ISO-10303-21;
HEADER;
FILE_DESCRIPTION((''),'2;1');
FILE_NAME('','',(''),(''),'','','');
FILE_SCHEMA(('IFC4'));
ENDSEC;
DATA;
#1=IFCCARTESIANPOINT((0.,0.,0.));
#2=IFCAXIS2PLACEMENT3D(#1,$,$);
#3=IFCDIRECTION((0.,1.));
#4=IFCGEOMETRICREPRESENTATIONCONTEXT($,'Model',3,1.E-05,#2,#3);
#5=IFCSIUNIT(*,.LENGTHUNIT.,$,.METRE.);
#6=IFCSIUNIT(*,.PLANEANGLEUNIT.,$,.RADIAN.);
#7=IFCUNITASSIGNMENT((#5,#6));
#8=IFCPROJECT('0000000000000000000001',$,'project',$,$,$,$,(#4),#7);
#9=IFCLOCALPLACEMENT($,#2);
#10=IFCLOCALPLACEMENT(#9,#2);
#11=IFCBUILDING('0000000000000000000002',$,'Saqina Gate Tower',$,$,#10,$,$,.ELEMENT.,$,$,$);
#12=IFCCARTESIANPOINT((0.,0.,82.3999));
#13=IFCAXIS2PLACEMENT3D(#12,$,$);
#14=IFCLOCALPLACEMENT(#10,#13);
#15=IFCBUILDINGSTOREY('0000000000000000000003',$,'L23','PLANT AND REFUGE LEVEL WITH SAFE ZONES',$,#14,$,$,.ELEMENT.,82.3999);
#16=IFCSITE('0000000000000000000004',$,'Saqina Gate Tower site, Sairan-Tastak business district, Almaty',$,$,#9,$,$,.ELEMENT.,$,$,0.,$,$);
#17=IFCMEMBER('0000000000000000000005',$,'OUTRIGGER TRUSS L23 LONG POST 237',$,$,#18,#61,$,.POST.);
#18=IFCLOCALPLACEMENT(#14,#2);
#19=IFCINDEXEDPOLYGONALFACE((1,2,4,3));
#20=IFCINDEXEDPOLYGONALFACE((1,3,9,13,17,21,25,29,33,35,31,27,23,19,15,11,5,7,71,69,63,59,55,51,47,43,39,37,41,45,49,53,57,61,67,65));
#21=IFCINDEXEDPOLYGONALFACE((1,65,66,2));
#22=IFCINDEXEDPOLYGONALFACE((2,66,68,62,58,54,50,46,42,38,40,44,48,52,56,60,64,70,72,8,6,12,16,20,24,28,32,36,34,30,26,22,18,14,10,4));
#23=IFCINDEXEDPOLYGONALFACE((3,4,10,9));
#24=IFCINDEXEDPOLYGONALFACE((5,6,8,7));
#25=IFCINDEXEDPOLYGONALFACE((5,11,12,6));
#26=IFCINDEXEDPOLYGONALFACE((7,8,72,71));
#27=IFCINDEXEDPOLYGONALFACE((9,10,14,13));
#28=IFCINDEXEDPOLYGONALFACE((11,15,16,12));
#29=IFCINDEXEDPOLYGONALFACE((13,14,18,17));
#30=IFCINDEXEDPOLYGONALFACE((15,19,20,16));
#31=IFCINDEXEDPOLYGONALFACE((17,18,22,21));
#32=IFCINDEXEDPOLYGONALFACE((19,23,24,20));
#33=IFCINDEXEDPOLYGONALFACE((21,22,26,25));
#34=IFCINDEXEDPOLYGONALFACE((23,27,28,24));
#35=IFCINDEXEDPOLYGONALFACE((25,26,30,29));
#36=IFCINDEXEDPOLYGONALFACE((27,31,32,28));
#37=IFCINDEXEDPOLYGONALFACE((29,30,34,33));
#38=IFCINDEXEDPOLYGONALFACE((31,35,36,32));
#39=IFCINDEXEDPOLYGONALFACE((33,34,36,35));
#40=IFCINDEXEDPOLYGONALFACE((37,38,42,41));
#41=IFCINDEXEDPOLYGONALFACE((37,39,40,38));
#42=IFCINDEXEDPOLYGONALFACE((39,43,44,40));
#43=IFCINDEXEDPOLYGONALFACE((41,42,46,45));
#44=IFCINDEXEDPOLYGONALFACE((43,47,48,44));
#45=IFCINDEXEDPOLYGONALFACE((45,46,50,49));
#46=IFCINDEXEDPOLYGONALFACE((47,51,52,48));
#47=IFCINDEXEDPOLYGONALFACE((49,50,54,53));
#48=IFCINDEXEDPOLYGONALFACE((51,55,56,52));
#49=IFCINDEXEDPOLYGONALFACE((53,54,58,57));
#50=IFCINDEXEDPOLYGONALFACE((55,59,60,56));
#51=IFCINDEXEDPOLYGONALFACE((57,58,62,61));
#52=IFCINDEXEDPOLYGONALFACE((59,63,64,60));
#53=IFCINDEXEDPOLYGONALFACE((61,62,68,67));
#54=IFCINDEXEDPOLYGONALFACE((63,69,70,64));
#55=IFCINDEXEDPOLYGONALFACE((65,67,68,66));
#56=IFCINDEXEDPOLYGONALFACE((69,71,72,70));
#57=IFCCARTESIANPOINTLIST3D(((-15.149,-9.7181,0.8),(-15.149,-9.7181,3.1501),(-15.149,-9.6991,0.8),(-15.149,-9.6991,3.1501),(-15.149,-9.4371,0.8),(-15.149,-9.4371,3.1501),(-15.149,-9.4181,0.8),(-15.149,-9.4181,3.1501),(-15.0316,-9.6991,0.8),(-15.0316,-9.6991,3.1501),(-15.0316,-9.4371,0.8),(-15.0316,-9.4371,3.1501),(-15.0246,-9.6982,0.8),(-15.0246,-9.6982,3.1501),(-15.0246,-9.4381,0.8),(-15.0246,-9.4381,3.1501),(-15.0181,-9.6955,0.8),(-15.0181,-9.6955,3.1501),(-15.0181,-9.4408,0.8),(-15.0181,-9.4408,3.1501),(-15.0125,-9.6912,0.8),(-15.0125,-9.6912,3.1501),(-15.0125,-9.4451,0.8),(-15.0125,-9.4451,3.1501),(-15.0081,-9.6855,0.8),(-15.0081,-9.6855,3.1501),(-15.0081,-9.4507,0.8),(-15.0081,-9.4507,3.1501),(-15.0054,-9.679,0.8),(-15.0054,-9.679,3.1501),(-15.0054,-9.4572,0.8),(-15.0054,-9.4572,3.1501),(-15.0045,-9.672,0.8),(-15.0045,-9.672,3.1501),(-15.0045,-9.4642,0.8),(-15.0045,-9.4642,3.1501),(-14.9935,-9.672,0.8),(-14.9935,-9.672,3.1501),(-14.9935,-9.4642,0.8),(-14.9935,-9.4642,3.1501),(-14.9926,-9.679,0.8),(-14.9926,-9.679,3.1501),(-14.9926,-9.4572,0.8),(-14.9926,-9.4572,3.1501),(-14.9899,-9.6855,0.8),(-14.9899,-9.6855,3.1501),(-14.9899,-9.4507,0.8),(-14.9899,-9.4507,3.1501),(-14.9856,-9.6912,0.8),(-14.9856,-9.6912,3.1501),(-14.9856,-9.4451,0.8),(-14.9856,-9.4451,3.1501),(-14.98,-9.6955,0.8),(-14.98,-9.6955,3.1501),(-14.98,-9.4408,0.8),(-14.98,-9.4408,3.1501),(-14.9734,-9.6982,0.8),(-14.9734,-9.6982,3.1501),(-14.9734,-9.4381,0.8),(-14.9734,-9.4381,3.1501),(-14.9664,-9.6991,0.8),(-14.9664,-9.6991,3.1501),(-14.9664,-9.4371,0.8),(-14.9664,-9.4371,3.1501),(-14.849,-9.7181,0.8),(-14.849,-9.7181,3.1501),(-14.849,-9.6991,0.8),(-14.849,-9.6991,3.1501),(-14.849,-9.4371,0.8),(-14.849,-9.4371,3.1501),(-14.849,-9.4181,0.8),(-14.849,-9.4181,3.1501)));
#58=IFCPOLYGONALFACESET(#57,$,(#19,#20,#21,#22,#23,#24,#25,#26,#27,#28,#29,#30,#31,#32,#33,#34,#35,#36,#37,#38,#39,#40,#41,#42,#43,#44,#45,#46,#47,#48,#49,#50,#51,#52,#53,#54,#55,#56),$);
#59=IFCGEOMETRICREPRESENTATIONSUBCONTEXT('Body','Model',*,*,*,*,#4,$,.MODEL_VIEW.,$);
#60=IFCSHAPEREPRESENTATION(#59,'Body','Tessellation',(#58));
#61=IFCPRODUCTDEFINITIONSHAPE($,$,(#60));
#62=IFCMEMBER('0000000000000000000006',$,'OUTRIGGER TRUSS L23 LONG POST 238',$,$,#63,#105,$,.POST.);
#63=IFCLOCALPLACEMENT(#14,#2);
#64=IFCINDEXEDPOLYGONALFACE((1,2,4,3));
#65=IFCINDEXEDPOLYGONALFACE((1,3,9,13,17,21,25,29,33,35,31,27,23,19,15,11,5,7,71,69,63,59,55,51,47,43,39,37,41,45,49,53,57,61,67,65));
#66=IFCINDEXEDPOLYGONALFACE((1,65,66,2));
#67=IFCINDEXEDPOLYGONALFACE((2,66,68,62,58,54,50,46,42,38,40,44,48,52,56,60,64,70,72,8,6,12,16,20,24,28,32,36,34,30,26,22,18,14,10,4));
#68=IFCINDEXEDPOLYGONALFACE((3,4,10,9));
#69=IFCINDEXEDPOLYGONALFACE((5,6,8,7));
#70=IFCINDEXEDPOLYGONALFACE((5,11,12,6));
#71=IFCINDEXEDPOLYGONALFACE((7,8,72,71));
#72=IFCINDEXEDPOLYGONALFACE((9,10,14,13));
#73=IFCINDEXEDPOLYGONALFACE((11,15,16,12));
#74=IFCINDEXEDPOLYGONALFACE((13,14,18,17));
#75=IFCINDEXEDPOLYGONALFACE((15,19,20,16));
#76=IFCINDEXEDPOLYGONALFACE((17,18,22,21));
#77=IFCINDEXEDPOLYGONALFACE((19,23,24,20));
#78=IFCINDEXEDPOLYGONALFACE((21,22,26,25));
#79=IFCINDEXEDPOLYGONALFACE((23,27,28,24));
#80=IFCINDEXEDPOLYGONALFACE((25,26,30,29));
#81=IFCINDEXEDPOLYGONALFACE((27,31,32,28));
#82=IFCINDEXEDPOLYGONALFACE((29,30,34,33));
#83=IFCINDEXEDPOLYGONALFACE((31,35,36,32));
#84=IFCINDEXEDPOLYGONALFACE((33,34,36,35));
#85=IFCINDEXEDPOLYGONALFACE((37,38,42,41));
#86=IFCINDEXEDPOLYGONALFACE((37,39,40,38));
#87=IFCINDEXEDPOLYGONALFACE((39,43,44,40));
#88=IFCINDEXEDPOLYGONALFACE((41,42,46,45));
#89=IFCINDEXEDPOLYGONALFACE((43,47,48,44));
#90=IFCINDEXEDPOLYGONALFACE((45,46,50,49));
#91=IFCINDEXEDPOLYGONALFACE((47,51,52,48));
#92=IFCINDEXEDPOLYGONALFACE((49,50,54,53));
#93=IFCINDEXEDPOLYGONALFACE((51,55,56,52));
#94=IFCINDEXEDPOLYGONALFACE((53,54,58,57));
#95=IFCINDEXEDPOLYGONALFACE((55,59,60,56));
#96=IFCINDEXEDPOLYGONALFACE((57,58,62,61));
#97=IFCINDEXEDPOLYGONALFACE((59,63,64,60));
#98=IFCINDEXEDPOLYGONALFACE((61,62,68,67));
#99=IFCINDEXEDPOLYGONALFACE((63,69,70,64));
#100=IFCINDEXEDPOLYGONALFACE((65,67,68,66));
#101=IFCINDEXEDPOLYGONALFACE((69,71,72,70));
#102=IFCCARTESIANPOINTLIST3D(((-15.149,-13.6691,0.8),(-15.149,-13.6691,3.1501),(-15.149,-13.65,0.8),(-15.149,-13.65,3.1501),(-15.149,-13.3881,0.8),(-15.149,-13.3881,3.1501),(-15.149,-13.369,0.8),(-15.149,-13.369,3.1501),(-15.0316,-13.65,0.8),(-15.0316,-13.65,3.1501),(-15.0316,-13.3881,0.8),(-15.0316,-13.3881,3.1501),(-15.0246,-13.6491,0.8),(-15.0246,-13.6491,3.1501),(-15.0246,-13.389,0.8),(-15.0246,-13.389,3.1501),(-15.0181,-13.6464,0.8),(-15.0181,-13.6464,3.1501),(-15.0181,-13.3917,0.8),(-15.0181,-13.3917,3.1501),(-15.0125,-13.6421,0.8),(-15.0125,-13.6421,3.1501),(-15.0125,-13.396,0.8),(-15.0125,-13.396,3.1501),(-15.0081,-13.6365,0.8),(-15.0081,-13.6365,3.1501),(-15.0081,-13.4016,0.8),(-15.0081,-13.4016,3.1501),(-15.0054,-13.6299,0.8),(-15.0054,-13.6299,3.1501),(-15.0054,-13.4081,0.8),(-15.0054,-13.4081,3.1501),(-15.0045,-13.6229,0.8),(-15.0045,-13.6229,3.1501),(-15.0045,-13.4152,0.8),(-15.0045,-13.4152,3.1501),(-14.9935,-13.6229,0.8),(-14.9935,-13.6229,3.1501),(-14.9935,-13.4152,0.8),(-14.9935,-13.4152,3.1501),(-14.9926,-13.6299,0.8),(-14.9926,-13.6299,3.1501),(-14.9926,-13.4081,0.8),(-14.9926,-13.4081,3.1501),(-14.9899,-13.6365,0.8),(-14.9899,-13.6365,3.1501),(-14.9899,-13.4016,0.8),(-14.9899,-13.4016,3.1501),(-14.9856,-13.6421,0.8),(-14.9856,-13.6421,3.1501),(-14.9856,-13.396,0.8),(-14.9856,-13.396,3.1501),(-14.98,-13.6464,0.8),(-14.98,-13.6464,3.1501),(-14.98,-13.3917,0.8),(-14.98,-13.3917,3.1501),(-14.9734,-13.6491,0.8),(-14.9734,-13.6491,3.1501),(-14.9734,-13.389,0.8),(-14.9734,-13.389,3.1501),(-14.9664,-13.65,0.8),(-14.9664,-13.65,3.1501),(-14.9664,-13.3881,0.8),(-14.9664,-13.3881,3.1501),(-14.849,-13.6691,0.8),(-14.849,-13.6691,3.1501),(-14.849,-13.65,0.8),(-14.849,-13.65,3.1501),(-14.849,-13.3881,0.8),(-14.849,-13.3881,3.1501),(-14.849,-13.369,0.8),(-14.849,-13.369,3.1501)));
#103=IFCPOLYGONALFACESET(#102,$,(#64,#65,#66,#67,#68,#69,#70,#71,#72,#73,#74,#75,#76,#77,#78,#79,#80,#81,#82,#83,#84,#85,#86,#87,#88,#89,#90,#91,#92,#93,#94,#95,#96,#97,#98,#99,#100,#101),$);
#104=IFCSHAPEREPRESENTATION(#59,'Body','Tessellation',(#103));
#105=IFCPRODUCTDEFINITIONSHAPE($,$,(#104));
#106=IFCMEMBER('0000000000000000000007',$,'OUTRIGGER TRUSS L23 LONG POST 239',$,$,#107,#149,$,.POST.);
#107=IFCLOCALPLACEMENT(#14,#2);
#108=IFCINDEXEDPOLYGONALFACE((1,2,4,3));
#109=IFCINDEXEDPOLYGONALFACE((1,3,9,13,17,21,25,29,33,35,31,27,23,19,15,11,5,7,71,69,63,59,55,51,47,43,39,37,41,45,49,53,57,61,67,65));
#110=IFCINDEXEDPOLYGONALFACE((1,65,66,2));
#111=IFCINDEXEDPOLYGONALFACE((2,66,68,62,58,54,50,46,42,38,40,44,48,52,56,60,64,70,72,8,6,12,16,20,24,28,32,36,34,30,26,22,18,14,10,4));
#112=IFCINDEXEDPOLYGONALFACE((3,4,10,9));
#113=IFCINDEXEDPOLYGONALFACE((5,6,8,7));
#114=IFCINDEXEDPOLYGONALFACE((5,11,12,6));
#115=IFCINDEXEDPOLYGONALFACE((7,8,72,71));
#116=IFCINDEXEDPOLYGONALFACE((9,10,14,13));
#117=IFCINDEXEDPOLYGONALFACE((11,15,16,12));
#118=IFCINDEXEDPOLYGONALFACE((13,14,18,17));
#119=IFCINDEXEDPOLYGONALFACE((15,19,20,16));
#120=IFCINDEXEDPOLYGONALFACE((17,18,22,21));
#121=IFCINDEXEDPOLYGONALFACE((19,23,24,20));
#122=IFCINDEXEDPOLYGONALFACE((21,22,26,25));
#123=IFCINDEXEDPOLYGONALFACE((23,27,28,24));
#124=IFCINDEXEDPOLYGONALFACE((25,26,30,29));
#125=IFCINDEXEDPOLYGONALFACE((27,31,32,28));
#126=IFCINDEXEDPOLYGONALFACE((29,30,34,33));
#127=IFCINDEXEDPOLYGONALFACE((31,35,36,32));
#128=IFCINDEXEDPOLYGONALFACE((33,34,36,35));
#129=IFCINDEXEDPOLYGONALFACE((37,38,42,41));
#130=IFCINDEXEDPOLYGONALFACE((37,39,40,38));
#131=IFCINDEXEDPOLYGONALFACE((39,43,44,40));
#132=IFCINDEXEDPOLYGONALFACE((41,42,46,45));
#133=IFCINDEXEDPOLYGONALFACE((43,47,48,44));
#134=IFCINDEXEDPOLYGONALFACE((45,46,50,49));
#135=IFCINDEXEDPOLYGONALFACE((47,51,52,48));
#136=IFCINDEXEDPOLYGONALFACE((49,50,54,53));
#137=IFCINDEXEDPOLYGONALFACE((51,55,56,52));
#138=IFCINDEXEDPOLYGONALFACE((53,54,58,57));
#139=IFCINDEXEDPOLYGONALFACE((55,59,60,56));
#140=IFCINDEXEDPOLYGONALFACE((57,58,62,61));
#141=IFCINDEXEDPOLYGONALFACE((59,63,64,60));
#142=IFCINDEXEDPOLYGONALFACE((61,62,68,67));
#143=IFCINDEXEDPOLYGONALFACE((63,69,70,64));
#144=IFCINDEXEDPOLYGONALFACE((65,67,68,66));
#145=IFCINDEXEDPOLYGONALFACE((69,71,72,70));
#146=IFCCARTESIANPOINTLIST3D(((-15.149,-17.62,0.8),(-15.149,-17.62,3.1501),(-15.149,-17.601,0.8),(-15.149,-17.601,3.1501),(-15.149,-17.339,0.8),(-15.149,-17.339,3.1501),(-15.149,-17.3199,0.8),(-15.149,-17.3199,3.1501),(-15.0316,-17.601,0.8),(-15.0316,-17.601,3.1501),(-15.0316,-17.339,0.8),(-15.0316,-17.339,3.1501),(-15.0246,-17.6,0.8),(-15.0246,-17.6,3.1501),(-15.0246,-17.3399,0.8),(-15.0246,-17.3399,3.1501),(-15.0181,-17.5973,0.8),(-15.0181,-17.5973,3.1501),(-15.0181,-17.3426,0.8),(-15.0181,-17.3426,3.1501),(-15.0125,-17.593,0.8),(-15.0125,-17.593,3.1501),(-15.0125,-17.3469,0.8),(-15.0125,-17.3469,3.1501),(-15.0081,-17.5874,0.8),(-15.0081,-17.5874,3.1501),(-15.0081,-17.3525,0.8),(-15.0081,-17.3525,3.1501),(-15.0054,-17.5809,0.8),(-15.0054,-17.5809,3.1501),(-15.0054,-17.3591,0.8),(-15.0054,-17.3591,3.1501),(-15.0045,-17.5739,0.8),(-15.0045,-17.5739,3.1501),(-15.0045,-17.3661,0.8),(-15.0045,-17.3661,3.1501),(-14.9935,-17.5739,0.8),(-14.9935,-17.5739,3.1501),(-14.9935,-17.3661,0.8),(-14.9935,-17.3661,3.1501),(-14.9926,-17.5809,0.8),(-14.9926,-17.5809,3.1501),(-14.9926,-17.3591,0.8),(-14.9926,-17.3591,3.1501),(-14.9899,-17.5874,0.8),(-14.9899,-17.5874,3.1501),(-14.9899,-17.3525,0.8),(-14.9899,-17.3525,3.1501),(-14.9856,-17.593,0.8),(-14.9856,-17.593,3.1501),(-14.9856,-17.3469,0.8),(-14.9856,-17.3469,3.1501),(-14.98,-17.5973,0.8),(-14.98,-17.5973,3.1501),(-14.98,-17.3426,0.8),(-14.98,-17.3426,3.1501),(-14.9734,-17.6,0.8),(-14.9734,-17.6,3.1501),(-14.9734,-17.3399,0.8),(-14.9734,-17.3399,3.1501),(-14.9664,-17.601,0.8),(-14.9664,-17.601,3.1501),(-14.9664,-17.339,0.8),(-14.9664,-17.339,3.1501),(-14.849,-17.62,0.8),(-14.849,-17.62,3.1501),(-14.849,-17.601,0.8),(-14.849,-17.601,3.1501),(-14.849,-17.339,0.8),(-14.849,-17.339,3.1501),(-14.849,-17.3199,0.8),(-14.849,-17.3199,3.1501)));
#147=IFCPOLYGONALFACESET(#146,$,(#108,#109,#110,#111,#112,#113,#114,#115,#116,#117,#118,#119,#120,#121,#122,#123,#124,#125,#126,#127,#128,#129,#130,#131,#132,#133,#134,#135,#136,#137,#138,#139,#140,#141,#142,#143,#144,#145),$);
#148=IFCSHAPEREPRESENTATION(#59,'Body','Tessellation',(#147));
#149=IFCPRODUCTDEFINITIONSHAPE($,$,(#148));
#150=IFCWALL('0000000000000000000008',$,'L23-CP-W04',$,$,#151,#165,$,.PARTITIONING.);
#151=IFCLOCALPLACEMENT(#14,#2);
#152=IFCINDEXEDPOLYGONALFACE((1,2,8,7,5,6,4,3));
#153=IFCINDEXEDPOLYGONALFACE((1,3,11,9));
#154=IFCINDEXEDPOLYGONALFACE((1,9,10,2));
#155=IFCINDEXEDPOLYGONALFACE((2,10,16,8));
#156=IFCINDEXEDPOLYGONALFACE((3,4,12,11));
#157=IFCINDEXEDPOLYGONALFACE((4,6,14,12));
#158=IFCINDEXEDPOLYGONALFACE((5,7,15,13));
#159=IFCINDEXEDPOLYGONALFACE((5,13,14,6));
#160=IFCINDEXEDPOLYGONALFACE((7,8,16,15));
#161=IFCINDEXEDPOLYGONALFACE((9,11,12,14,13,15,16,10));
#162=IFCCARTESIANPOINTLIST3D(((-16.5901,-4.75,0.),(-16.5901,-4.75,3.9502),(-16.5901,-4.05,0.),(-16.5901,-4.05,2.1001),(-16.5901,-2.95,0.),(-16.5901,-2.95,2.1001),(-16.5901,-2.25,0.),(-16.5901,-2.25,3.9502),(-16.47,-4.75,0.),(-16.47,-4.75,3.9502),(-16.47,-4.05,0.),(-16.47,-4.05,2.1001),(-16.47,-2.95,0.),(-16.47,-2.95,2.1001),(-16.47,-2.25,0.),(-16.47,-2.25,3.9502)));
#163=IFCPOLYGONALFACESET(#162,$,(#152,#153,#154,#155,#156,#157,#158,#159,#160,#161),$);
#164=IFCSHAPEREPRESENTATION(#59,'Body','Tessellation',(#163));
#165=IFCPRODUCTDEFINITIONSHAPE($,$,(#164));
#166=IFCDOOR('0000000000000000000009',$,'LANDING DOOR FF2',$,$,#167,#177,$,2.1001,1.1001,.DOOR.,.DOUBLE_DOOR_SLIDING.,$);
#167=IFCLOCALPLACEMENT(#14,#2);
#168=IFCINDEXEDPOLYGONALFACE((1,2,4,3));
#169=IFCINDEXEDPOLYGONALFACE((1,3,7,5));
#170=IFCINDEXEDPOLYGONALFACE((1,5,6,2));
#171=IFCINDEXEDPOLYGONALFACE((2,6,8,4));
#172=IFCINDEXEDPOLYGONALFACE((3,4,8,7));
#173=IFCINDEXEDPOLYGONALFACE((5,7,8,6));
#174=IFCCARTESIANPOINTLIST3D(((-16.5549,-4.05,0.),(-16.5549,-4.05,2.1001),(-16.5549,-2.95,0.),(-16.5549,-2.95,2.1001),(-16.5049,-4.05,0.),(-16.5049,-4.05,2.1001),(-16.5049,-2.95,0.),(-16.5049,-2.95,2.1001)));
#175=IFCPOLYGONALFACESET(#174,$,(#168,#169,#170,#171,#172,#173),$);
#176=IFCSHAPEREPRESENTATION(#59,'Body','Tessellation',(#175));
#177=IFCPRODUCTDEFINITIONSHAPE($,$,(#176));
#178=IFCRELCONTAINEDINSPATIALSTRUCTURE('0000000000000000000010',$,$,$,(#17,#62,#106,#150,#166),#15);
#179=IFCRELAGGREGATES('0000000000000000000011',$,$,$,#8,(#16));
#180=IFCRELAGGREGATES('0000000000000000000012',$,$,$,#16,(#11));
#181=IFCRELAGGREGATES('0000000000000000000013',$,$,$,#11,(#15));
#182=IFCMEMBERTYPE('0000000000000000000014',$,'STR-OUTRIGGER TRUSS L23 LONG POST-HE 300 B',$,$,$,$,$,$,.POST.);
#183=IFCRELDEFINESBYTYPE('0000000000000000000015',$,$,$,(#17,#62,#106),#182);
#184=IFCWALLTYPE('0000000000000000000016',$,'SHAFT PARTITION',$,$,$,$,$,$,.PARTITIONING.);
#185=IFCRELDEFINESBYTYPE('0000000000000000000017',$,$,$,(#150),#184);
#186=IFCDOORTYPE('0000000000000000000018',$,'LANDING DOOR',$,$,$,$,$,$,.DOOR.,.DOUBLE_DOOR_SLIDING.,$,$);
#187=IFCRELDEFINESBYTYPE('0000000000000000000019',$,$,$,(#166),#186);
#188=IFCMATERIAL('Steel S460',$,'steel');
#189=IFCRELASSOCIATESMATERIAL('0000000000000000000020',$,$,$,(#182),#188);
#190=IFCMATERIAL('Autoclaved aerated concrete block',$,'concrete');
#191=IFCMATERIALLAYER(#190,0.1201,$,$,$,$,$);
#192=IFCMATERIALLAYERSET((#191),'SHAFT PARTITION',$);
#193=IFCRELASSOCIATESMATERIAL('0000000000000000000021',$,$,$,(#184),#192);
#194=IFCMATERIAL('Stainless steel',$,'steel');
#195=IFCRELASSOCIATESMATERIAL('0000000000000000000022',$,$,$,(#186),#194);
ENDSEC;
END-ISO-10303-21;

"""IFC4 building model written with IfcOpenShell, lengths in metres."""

from ifc_helpers import new_model, si_unit, direction, frame, frame_2d, origin, origin_2d, place, context, subcontext, project, spatial, rectangle, i_section, extrude, material, layer, layer_set, material_profile, profile_set, type_object, element, fill, save


model = new_model("IFC4")

# Units and contexts
model_context = context("Model", 3, precision=1e-05, world=origin(), true_north=direction((0.0, 1.0)))
body_context = subcontext(model_context, "Body", "Model", "MODEL_VIEW")
ifc_project = project(units=[si_unit("LENGTHUNIT", "METRE"), si_unit("PLANEANGLEUNIT", "RADIAN")], contexts=[model_context])

# Site, building, storey
site_placement = place(None, origin())
site = spatial("IfcSite", under=ifc_project, at=site_placement, Name="Saqina Gate Tower site, Sairan-Tastak business district, Almaty", CompositionType="ELEMENT", RefElevation=0.0)
building_placement = place(site_placement, origin())
building = spatial("IfcBuilding", under=site, at=building_placement, Name="Saqina Gate Tower", CompositionType="ELEMENT")
storey_placement = place(building_placement, frame((0.0, 0.0, 82.3999)))
storey = spatial("IfcBuildingStorey", under=building, at=storey_placement, Name="L23", Description="PLANT AND REFUGE LEVEL WITH SAFE ZONES", CompositionType="ELEMENT", Elevation=82.3999)

# Members
ifc_material_1 = material(Name="Steel S460", Category="steel")
ifc_material_profile_1 = material_profile(ifc_material_1, i_section(OverallWidth=0.3, OverallDepth=0.3, WebThickness=0.011, FlangeThickness=0.019, FilletRadius=0.0271, at=origin_2d()), Name="HE 300 B")
ifc_profile_set_1 = profile_set([ifc_material_profile_1], Name="Steel S460")
member_type_1 = type_object("IfcMemberType", Name="STR-OUTRIGGER TRUSS L23 LONG POST-HE 300 B", PredefinedType="POST", material=ifc_profile_set_1)
for number, where, z_axis, x_axis, name in (
    (1, (-14.999, -9.5681, 0.8), (0.0, 0.0, 1.0), (1.0, 0.0, 0.0), "OUTRIGGER TRUSS L23 LONG POST 237"),
    (2, (-14.999, -13.519, 0.8), (0.0, 0.0, 1.0), (1.0, 0.0, 0.0), "OUTRIGGER TRUSS L23 LONG POST 238"),
    (3, (-14.999, -17.47, 0.8), (0.0, 0.0, 1.0), (1.0, 0.0, 0.0), "OUTRIGGER TRUSS L23 LONG POST 239"),
):
    element("IfcMember", number, at=place(storey_placement, frame(where, z_axis=z_axis, x_axis=x_axis)), inside=storey, type_object=member_type_1, Name=name, PredefinedType="POST", context=body_context, shape_type="SweptSolid", body=[
        extrude(i_section(OverallWidth=0.3, OverallDepth=0.3, WebThickness=0.011, FlangeThickness=0.019, FilletRadius=0.0271, at=origin_2d()), origin(), (0.0, 0.0, 1.0), 2.3501),
    ])

# Wall, opening, door
ifc_material_2 = material(Name="Autoclaved aerated concrete block", Category="concrete")
ifc_layer_1 = layer(ifc_material_2, 0.1201)
ifc_layer_set_1 = layer_set([ifc_layer_1], Name="SHAFT PARTITION")
wall_type_1 = type_object("IfcWallType", Name="SHAFT PARTITION", PredefinedType="PARTITIONING", material=ifc_layer_set_1)
wall_1_placement = place(storey_placement, frame((-16.53, -4.75, 0.0), z_axis=(0.0, 0.0, 1.0), x_axis=(0.0, 1.0, 0.0)))
wall_1 = element("IfcWall", 4, at=wall_1_placement, inside=storey, type_object=wall_type_1, Name="L23-CP-W04", PredefinedType="PARTITIONING", context=body_context, shape_type="SweptSolid", body=[
    extrude(rectangle(XDim=2.5, YDim=0.1201, at=frame_2d((1.25, 0.0))), origin(), (0.0, 0.0, 1.0), 3.9502),
])
opening_1_placement = place(wall_1_placement, frame((0.7, 0.0, 0.0)))
opening_1 = element("IfcOpeningElement", 5, at=opening_1_placement, cuts=wall_1, PredefinedType="OPENING", context=body_context, shape_type="SweptSolid", body=[
    extrude(rectangle(XDim=1.1001, YDim=2.1001, at=frame_2d((0.55, 1.05))), frame((0.0, 0.072, 0.0), z_axis=(0.0, -1.0, 0.0), x_axis=(1.0, 0.0, 0.0)), (0.0, 0.0, 1.0), 0.144),
])
ifc_material_3 = material(Name="Stainless steel", Category="steel")
door_type_1 = type_object("IfcDoorType", Name="LANDING DOOR", OperationType="DOUBLE_DOOR_SLIDING", PredefinedType="DOOR", material=ifc_material_3)
door_1_placement = place(opening_1_placement, origin())
door_1 = element("IfcDoor", 6, at=door_1_placement, inside=storey, type_object=door_type_1, Name="LANDING DOOR FF2", OperationType="DOUBLE_DOOR_SLIDING", OverallHeight=2.1001, OverallWidth=1.1001, PredefinedType="DOOR", context=body_context, shape_type="SweptSolid", body=[
    extrude(rectangle(XDim=1.1001, YDim=2.1001, at=frame_2d((0.55, 1.05))), frame((0.0, 0.0249, 0.0), z_axis=(0.0, -1.0, 0.0), x_axis=(1.0, 0.0, 0.0)), (0.0, 0.0, 1.0), 0.05),
])
fill(opening_1, door_1)

save(model, "model.ifc")
